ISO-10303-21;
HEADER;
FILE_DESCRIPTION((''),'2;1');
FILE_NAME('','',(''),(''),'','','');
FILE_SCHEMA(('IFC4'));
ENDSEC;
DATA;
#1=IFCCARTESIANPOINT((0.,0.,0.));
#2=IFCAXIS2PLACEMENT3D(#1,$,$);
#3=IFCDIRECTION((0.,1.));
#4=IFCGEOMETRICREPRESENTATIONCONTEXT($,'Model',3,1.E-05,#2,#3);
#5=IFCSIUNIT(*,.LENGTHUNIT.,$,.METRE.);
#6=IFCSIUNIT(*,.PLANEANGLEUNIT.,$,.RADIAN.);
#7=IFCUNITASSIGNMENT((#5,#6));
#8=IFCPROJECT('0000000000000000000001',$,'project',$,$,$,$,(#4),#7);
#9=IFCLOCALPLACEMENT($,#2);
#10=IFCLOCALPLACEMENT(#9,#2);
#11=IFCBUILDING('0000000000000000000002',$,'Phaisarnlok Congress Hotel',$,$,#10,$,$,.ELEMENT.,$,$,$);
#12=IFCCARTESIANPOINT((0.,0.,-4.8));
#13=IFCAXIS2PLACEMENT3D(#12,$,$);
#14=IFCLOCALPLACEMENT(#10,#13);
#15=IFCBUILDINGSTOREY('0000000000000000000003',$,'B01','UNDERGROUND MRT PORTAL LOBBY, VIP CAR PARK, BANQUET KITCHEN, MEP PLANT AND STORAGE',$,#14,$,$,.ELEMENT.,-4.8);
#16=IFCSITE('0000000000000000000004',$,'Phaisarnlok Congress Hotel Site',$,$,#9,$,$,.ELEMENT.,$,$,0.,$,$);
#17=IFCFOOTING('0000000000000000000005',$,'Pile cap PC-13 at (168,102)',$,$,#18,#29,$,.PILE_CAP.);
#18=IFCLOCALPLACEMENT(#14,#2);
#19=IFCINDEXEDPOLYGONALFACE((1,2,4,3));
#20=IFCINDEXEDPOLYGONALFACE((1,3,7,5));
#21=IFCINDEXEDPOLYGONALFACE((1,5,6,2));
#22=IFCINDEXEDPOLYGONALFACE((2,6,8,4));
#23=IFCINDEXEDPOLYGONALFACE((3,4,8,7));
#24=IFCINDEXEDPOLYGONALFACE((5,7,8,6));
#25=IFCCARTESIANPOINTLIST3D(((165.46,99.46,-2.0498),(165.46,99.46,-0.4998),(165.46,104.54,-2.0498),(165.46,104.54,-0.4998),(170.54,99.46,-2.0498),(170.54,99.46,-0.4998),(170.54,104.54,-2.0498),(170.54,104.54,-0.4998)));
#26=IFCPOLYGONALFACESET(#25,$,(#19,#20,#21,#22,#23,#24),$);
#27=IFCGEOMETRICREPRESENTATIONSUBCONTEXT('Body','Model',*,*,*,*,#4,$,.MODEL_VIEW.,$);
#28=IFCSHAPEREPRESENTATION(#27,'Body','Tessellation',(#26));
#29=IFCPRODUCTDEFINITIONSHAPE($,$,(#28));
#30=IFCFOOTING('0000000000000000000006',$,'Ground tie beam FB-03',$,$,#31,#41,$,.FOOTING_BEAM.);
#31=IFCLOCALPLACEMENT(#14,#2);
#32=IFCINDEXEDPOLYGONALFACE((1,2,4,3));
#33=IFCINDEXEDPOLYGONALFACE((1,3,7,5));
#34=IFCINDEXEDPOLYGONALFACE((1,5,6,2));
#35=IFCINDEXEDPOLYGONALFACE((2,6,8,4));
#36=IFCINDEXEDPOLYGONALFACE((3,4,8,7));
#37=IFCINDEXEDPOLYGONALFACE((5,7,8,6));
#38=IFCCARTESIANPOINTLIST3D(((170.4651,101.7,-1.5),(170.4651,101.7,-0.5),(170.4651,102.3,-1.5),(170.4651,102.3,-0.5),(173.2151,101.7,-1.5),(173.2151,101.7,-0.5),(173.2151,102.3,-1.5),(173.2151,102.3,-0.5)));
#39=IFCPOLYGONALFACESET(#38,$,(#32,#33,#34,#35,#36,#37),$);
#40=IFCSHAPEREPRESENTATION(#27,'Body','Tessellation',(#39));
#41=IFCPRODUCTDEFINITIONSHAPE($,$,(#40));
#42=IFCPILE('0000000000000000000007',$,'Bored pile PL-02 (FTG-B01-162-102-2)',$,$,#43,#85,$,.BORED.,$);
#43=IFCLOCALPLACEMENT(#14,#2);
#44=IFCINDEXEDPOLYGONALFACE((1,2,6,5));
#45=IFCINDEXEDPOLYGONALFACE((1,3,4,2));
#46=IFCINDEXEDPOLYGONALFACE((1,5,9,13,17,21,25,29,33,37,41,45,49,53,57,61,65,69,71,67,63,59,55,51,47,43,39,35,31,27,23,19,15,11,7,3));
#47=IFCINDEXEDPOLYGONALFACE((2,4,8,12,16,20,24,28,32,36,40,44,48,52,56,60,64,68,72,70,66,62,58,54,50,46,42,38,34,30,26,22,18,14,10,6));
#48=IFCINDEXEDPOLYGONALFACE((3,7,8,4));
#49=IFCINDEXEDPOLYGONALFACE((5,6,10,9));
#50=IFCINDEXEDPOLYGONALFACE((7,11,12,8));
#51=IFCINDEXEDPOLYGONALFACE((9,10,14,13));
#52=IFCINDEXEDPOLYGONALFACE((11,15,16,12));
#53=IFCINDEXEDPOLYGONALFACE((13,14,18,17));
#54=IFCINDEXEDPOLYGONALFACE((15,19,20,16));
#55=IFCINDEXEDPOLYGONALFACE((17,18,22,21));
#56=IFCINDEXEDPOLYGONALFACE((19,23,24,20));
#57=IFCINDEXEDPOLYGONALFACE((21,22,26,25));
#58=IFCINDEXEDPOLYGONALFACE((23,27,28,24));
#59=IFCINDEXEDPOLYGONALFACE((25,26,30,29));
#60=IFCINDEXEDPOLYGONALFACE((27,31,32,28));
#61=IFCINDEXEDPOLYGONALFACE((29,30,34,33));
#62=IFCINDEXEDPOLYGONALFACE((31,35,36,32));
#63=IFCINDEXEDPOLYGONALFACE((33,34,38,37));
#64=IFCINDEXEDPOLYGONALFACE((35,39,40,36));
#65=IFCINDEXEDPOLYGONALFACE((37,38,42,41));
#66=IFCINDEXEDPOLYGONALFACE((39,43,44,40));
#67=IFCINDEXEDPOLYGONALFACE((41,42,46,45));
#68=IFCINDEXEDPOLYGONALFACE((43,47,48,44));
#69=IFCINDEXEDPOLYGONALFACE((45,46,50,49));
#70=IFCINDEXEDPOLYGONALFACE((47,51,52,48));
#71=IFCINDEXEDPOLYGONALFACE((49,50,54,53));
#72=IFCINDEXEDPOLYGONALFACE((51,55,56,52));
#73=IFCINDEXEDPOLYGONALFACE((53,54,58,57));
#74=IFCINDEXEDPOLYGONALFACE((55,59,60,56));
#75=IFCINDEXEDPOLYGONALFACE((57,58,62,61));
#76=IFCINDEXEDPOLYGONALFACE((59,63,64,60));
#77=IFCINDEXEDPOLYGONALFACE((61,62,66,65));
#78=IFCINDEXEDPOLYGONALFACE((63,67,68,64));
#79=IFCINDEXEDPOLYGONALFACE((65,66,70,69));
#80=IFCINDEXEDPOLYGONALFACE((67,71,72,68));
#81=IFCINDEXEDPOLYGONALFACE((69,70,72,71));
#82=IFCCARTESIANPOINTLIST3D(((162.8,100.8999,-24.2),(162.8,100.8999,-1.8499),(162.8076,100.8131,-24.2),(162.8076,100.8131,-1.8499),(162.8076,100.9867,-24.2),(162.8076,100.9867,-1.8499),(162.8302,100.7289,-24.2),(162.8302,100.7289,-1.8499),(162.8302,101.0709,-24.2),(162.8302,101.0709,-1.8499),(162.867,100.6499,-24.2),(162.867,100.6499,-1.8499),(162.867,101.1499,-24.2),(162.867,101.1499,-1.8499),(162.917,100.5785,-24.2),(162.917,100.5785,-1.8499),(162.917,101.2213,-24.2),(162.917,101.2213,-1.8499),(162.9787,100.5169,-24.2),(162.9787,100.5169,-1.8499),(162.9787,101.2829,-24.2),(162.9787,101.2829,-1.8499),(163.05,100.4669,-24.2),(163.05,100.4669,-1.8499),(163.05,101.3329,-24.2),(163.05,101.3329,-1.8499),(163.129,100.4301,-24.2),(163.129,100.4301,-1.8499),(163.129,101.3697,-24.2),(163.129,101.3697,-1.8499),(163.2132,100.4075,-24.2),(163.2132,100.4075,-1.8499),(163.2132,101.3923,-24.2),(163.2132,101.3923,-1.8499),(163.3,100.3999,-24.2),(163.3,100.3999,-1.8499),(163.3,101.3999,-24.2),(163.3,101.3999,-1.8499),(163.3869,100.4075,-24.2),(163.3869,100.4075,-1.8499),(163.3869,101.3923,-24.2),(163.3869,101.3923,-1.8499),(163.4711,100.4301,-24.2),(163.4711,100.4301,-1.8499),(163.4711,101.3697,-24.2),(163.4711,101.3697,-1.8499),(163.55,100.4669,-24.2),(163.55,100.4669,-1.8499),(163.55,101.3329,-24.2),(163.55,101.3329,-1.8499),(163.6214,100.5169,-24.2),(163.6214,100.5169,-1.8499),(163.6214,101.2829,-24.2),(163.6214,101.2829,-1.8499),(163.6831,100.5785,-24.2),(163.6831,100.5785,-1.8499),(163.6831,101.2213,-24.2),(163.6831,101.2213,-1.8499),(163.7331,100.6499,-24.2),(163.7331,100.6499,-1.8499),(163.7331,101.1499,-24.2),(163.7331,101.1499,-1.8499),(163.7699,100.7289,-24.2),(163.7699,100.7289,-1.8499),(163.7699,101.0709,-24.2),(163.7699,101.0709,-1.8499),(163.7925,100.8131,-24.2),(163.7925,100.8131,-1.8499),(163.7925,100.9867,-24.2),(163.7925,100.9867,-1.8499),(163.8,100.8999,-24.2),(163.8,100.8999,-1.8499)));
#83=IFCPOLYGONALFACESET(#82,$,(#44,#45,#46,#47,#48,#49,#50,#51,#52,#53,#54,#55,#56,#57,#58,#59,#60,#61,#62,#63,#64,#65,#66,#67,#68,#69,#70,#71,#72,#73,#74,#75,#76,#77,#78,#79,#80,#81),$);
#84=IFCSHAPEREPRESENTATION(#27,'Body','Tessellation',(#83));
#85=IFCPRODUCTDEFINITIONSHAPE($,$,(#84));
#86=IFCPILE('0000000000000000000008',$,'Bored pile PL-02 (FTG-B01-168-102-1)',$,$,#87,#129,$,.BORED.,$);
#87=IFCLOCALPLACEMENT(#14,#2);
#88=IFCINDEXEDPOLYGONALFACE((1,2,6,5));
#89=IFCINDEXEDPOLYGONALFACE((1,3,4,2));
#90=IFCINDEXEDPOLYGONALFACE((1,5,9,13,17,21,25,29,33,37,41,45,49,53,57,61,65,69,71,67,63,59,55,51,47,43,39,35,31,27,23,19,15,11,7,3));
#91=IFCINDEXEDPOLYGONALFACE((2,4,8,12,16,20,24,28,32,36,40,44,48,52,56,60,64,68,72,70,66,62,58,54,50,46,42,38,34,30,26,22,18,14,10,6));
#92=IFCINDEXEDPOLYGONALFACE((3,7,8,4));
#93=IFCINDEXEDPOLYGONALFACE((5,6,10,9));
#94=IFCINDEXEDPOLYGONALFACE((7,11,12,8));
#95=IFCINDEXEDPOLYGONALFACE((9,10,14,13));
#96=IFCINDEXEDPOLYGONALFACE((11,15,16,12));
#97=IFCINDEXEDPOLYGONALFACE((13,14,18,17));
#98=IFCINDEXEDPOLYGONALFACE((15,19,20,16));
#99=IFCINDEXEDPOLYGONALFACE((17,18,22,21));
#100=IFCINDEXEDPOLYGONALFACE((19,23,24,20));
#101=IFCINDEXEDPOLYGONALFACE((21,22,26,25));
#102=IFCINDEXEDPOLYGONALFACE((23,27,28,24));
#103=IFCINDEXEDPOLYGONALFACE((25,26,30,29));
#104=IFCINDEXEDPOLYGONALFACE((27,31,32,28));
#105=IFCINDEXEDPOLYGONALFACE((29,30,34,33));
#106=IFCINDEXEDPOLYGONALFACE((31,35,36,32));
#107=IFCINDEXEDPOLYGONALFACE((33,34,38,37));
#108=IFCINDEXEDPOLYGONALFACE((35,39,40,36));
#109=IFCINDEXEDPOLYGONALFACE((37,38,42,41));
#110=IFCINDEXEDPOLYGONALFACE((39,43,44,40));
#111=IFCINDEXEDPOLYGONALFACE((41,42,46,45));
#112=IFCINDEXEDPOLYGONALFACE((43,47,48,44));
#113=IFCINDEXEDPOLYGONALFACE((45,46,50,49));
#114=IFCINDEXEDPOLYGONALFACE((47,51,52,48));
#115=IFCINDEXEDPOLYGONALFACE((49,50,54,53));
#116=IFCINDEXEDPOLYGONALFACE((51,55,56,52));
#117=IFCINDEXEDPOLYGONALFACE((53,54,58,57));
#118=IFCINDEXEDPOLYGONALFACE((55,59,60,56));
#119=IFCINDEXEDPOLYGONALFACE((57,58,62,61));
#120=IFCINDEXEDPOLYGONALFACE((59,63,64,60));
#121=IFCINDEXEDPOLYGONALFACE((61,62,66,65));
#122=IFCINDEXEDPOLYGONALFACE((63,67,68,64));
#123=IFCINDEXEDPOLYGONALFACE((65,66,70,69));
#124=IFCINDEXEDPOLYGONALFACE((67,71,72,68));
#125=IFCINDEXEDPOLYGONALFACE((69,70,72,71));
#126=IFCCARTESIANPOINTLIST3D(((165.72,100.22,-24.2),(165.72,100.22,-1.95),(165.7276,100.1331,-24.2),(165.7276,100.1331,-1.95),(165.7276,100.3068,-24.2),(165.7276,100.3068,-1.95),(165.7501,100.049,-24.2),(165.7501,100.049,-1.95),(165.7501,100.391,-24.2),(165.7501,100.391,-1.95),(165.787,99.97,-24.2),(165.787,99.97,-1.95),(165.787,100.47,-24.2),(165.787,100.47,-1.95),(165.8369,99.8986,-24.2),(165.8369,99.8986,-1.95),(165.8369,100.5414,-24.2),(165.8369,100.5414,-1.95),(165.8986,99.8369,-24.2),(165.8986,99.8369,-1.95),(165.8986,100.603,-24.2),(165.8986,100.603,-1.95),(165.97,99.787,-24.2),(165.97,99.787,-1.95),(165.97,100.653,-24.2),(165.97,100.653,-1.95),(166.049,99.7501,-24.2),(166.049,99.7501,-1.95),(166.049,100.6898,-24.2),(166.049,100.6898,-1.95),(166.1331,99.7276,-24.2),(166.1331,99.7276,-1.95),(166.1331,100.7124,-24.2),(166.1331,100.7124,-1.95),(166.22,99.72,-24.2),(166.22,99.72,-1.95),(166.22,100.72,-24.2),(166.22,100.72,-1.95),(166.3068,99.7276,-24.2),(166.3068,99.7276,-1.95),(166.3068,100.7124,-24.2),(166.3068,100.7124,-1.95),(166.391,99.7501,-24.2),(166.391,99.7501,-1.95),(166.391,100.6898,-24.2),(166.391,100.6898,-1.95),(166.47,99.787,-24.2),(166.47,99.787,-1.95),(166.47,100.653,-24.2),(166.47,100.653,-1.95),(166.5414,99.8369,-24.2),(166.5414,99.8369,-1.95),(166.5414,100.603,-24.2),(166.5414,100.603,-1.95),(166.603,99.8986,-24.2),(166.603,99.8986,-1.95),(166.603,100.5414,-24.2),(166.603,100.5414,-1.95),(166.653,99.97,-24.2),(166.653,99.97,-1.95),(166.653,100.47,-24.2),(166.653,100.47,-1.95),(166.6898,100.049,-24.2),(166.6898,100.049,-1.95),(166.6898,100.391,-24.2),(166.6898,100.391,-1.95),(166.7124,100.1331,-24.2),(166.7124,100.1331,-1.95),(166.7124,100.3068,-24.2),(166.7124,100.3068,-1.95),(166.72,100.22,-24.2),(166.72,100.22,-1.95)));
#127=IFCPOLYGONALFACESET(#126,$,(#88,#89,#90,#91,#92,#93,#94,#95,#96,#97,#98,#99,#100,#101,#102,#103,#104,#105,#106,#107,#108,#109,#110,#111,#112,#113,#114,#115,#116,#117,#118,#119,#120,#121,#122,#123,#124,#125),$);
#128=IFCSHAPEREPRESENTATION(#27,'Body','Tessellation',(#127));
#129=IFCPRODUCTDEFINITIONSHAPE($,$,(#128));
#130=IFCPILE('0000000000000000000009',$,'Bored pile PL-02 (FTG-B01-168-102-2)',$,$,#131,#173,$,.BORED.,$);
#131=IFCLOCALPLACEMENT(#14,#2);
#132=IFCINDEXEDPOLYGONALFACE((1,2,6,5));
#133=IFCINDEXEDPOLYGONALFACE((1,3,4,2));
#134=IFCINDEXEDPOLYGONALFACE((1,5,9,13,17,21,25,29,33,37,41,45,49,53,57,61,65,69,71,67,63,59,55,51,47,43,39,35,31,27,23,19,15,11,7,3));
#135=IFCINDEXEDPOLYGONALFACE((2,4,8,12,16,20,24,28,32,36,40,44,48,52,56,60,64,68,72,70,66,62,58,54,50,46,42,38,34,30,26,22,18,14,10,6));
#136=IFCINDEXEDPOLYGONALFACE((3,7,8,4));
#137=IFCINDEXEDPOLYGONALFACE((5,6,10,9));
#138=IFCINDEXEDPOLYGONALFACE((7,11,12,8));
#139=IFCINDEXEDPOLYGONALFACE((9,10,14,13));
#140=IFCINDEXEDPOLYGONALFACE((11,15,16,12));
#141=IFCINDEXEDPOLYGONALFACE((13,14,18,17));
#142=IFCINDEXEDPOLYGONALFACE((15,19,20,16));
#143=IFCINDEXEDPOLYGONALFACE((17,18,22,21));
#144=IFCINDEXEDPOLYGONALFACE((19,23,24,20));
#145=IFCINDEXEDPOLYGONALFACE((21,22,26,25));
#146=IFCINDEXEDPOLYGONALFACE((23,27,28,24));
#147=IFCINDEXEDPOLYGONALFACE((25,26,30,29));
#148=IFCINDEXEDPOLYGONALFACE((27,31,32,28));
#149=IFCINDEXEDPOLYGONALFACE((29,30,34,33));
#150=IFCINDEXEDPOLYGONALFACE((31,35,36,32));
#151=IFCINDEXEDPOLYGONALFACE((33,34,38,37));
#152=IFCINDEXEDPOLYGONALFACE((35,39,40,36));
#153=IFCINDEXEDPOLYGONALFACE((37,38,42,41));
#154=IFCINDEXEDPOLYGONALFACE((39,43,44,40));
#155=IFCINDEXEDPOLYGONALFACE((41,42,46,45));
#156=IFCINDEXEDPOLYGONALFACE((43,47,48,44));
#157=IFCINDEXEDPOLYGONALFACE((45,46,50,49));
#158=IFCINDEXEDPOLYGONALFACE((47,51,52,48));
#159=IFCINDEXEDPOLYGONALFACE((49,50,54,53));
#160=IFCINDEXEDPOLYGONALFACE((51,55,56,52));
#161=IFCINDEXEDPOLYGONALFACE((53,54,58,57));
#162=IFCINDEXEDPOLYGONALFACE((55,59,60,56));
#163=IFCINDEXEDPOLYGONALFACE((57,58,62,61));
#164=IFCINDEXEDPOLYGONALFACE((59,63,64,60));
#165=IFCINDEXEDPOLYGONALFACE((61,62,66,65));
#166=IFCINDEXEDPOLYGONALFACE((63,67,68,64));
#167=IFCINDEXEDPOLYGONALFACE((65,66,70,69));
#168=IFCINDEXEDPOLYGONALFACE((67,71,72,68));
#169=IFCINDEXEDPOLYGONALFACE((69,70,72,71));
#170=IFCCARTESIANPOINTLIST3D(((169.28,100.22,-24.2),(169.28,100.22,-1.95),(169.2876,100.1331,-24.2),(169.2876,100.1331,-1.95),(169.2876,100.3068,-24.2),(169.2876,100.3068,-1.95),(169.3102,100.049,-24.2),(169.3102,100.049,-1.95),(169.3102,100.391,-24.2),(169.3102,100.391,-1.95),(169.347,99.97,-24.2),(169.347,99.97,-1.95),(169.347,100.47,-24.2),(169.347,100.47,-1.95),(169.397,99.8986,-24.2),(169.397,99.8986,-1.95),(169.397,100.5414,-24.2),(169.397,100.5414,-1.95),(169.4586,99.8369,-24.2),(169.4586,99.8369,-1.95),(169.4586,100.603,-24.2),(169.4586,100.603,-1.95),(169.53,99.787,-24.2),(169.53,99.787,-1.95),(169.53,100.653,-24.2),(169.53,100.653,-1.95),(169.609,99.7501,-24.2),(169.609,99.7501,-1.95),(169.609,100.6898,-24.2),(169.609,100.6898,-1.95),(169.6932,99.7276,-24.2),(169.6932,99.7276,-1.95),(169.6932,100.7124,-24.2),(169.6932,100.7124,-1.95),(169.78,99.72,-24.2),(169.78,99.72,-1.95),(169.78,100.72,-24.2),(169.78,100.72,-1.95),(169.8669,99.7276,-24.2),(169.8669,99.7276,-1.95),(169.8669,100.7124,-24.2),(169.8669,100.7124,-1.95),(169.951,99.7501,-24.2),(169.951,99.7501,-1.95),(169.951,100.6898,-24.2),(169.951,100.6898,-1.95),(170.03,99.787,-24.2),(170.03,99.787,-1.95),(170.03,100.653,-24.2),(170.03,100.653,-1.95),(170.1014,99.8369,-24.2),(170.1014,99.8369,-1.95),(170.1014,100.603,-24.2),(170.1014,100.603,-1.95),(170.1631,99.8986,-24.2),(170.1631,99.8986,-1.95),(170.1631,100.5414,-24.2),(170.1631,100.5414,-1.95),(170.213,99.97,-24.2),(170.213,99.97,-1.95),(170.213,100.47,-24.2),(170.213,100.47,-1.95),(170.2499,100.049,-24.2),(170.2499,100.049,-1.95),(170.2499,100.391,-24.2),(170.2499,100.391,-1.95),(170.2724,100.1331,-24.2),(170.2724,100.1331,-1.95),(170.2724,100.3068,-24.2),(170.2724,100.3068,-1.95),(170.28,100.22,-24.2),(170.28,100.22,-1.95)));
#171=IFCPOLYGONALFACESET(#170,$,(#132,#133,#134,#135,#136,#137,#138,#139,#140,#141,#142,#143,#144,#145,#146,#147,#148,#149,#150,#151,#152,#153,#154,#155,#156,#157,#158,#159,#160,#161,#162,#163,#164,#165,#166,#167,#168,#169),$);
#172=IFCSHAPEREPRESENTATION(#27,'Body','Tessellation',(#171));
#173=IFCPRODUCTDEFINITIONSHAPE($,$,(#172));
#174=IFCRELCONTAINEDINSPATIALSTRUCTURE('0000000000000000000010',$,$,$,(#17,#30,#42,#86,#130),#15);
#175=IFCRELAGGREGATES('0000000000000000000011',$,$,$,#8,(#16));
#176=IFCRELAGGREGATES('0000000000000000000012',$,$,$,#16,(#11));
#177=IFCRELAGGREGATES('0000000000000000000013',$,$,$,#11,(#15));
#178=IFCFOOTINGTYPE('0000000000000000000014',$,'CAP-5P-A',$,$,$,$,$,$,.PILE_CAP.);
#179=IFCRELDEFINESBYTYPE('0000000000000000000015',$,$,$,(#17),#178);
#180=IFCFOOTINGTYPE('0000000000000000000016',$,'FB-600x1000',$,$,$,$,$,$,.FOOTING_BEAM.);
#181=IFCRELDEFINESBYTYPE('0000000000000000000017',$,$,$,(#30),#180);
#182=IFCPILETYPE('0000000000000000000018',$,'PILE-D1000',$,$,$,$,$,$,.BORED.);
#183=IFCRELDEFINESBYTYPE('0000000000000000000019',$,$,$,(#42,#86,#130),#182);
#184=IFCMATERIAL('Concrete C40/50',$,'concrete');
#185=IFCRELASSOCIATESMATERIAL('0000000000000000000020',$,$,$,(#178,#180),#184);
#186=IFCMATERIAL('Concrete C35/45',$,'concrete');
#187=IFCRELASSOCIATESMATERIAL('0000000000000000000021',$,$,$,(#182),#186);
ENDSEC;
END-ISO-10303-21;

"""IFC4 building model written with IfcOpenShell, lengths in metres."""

from ifc_helpers import new_model, si_unit, direction, frame, origin, origin_2d, place, context, subcontext, project, spatial, rectangle, circle, extrude, material, material_profile, profile_set, type_object, element, save


model = new_model("IFC4")

# Units and contexts
model_context = context("Model", 3, precision=1e-05, world=origin(), true_north=direction((0.0, 1.0)))
body_context = subcontext(model_context, "Body", "Model", "MODEL_VIEW")
ifc_project = project(units=[si_unit("LENGTHUNIT", "METRE"), si_unit("PLANEANGLEUNIT", "RADIAN")], contexts=[model_context])

# Site, building, storey
site_placement = place(None, origin())
site = spatial("IfcSite", under=ifc_project, at=site_placement, Name="Phaisarnlok Congress Hotel Site", CompositionType="ELEMENT", RefElevation=0.0)
building_placement = place(site_placement, origin())
building = spatial("IfcBuilding", under=site, at=building_placement, Name="Phaisarnlok Congress Hotel", CompositionType="ELEMENT")
storey_placement = place(building_placement, frame((0.0, 0.0, -4.8)))
storey = spatial("IfcBuildingStorey", under=building, at=storey_placement, Name="B01", Description="UNDERGROUND MRT PORTAL LOBBY, VIP CAR PARK, BANQUET KITCHEN, MEP PLANT AND STORAGE", CompositionType="ELEMENT", Elevation=-4.8)

# Footings
ifc_material_1 = material(Name="Concrete C40/50", Category="concrete")
footing_type_1 = type_object("IfcFootingType", Name="CAP-5P-A", PredefinedType="PILE_CAP", material=ifc_material_1)
footing_1_placement = place(storey_placement, frame((168.0, 102.0, -2.0498), z_axis=(0.0, 0.0, 1.0), x_axis=(1.0, 0.0, 0.0)))
element("IfcFooting", 1, at=footing_1_placement, inside=storey, type_object=footing_type_1, Name="Pile cap PC-13 at (168,102)", PredefinedType="PILE_CAP", context=body_context, shape_type="SweptSolid", body=[
    extrude(rectangle(XDim=5.0801, YDim=5.0801, at=origin_2d()), origin(), (0.0, 0.0, 1.0), 1.55),
])
ifc_material_profile_1 = material_profile(ifc_material_1, rectangle(XDim=0.6001, YDim=1.0, at=origin_2d()), Name="FB-600x1000")
ifc_profile_set_1 = profile_set([ifc_material_profile_1], Name="Concrete C40/50")
footing_type_2 = type_object("IfcFootingType", Name="FB-600x1000", PredefinedType="FOOTING_BEAM", material=ifc_profile_set_1)
footing_2_placement = place(storey_placement, frame((170.4651, 102.0, -1.0), z_axis=(1.0, 0.0, 0.0), x_axis=(0.0, 1.0, 0.0)))
element("IfcFooting", 2, at=footing_2_placement, inside=storey, type_object=footing_type_2, Name="Ground tie beam FB-03", PredefinedType="FOOTING_BEAM", context=body_context, shape_type="SweptSolid", body=[
    extrude(rectangle(XDim=0.6001, YDim=1.0, at=origin_2d()), origin(), (0.0, 0.0, 1.0), 2.75),
])

# Piles
ifc_material_2 = material(Name="Concrete C35/45", Category="concrete")
ifc_material_profile_2 = material_profile(ifc_material_2, circle(Radius=0.5, at=origin_2d()), Name="BORED PILE D1000")
ifc_profile_set_2 = profile_set([ifc_material_profile_2], Name="Concrete C35/45")
pile_type = type_object("IfcPileType", Name="PILE-D1000", PredefinedType="BORED", material=ifc_profile_set_2)
pile_placement = place(storey_placement, frame((163.3, 100.8999, -1.8499), z_axis=(0.0, 0.0, -1.0), x_axis=(1.0, 0.0, 0.0)))
element("IfcPile", 3, at=pile_placement, inside=storey, type_object=pile_type, Name="Bored pile PL-02 (FTG-B01-162-102-2)", PredefinedType="BORED", context=body_context, shape_type="SweptSolid", body=[
    extrude(circle(Radius=0.5, at=origin_2d()), origin(), (0.0, 0.0, 1.0), 22.3501),
])
for number, where, z_axis, x_axis, name in (
    (4, (166.22, 100.22, -1.95), (0.0, 0.0, -1.0), (1.0, 0.0, 0.0), "Bored pile PL-02 (FTG-B01-168-102-1)"),
    (5, (169.78, 100.22, -1.95), (0.0, 0.0, -1.0), (1.0, 0.0, 0.0), "Bored pile PL-02 (FTG-B01-168-102-2)"),
):
    element("IfcPile", number, at=place(storey_placement, frame(where, z_axis=z_axis, x_axis=x_axis)), inside=storey, type_object=pile_type, Name=name, PredefinedType="BORED", context=body_context, shape_type="SweptSolid", body=[
        extrude(circle(Radius=0.5, at=origin_2d()), origin(), (0.0, 0.0, 1.0), 22.25),
    ])

save(model, "model.ifc")
